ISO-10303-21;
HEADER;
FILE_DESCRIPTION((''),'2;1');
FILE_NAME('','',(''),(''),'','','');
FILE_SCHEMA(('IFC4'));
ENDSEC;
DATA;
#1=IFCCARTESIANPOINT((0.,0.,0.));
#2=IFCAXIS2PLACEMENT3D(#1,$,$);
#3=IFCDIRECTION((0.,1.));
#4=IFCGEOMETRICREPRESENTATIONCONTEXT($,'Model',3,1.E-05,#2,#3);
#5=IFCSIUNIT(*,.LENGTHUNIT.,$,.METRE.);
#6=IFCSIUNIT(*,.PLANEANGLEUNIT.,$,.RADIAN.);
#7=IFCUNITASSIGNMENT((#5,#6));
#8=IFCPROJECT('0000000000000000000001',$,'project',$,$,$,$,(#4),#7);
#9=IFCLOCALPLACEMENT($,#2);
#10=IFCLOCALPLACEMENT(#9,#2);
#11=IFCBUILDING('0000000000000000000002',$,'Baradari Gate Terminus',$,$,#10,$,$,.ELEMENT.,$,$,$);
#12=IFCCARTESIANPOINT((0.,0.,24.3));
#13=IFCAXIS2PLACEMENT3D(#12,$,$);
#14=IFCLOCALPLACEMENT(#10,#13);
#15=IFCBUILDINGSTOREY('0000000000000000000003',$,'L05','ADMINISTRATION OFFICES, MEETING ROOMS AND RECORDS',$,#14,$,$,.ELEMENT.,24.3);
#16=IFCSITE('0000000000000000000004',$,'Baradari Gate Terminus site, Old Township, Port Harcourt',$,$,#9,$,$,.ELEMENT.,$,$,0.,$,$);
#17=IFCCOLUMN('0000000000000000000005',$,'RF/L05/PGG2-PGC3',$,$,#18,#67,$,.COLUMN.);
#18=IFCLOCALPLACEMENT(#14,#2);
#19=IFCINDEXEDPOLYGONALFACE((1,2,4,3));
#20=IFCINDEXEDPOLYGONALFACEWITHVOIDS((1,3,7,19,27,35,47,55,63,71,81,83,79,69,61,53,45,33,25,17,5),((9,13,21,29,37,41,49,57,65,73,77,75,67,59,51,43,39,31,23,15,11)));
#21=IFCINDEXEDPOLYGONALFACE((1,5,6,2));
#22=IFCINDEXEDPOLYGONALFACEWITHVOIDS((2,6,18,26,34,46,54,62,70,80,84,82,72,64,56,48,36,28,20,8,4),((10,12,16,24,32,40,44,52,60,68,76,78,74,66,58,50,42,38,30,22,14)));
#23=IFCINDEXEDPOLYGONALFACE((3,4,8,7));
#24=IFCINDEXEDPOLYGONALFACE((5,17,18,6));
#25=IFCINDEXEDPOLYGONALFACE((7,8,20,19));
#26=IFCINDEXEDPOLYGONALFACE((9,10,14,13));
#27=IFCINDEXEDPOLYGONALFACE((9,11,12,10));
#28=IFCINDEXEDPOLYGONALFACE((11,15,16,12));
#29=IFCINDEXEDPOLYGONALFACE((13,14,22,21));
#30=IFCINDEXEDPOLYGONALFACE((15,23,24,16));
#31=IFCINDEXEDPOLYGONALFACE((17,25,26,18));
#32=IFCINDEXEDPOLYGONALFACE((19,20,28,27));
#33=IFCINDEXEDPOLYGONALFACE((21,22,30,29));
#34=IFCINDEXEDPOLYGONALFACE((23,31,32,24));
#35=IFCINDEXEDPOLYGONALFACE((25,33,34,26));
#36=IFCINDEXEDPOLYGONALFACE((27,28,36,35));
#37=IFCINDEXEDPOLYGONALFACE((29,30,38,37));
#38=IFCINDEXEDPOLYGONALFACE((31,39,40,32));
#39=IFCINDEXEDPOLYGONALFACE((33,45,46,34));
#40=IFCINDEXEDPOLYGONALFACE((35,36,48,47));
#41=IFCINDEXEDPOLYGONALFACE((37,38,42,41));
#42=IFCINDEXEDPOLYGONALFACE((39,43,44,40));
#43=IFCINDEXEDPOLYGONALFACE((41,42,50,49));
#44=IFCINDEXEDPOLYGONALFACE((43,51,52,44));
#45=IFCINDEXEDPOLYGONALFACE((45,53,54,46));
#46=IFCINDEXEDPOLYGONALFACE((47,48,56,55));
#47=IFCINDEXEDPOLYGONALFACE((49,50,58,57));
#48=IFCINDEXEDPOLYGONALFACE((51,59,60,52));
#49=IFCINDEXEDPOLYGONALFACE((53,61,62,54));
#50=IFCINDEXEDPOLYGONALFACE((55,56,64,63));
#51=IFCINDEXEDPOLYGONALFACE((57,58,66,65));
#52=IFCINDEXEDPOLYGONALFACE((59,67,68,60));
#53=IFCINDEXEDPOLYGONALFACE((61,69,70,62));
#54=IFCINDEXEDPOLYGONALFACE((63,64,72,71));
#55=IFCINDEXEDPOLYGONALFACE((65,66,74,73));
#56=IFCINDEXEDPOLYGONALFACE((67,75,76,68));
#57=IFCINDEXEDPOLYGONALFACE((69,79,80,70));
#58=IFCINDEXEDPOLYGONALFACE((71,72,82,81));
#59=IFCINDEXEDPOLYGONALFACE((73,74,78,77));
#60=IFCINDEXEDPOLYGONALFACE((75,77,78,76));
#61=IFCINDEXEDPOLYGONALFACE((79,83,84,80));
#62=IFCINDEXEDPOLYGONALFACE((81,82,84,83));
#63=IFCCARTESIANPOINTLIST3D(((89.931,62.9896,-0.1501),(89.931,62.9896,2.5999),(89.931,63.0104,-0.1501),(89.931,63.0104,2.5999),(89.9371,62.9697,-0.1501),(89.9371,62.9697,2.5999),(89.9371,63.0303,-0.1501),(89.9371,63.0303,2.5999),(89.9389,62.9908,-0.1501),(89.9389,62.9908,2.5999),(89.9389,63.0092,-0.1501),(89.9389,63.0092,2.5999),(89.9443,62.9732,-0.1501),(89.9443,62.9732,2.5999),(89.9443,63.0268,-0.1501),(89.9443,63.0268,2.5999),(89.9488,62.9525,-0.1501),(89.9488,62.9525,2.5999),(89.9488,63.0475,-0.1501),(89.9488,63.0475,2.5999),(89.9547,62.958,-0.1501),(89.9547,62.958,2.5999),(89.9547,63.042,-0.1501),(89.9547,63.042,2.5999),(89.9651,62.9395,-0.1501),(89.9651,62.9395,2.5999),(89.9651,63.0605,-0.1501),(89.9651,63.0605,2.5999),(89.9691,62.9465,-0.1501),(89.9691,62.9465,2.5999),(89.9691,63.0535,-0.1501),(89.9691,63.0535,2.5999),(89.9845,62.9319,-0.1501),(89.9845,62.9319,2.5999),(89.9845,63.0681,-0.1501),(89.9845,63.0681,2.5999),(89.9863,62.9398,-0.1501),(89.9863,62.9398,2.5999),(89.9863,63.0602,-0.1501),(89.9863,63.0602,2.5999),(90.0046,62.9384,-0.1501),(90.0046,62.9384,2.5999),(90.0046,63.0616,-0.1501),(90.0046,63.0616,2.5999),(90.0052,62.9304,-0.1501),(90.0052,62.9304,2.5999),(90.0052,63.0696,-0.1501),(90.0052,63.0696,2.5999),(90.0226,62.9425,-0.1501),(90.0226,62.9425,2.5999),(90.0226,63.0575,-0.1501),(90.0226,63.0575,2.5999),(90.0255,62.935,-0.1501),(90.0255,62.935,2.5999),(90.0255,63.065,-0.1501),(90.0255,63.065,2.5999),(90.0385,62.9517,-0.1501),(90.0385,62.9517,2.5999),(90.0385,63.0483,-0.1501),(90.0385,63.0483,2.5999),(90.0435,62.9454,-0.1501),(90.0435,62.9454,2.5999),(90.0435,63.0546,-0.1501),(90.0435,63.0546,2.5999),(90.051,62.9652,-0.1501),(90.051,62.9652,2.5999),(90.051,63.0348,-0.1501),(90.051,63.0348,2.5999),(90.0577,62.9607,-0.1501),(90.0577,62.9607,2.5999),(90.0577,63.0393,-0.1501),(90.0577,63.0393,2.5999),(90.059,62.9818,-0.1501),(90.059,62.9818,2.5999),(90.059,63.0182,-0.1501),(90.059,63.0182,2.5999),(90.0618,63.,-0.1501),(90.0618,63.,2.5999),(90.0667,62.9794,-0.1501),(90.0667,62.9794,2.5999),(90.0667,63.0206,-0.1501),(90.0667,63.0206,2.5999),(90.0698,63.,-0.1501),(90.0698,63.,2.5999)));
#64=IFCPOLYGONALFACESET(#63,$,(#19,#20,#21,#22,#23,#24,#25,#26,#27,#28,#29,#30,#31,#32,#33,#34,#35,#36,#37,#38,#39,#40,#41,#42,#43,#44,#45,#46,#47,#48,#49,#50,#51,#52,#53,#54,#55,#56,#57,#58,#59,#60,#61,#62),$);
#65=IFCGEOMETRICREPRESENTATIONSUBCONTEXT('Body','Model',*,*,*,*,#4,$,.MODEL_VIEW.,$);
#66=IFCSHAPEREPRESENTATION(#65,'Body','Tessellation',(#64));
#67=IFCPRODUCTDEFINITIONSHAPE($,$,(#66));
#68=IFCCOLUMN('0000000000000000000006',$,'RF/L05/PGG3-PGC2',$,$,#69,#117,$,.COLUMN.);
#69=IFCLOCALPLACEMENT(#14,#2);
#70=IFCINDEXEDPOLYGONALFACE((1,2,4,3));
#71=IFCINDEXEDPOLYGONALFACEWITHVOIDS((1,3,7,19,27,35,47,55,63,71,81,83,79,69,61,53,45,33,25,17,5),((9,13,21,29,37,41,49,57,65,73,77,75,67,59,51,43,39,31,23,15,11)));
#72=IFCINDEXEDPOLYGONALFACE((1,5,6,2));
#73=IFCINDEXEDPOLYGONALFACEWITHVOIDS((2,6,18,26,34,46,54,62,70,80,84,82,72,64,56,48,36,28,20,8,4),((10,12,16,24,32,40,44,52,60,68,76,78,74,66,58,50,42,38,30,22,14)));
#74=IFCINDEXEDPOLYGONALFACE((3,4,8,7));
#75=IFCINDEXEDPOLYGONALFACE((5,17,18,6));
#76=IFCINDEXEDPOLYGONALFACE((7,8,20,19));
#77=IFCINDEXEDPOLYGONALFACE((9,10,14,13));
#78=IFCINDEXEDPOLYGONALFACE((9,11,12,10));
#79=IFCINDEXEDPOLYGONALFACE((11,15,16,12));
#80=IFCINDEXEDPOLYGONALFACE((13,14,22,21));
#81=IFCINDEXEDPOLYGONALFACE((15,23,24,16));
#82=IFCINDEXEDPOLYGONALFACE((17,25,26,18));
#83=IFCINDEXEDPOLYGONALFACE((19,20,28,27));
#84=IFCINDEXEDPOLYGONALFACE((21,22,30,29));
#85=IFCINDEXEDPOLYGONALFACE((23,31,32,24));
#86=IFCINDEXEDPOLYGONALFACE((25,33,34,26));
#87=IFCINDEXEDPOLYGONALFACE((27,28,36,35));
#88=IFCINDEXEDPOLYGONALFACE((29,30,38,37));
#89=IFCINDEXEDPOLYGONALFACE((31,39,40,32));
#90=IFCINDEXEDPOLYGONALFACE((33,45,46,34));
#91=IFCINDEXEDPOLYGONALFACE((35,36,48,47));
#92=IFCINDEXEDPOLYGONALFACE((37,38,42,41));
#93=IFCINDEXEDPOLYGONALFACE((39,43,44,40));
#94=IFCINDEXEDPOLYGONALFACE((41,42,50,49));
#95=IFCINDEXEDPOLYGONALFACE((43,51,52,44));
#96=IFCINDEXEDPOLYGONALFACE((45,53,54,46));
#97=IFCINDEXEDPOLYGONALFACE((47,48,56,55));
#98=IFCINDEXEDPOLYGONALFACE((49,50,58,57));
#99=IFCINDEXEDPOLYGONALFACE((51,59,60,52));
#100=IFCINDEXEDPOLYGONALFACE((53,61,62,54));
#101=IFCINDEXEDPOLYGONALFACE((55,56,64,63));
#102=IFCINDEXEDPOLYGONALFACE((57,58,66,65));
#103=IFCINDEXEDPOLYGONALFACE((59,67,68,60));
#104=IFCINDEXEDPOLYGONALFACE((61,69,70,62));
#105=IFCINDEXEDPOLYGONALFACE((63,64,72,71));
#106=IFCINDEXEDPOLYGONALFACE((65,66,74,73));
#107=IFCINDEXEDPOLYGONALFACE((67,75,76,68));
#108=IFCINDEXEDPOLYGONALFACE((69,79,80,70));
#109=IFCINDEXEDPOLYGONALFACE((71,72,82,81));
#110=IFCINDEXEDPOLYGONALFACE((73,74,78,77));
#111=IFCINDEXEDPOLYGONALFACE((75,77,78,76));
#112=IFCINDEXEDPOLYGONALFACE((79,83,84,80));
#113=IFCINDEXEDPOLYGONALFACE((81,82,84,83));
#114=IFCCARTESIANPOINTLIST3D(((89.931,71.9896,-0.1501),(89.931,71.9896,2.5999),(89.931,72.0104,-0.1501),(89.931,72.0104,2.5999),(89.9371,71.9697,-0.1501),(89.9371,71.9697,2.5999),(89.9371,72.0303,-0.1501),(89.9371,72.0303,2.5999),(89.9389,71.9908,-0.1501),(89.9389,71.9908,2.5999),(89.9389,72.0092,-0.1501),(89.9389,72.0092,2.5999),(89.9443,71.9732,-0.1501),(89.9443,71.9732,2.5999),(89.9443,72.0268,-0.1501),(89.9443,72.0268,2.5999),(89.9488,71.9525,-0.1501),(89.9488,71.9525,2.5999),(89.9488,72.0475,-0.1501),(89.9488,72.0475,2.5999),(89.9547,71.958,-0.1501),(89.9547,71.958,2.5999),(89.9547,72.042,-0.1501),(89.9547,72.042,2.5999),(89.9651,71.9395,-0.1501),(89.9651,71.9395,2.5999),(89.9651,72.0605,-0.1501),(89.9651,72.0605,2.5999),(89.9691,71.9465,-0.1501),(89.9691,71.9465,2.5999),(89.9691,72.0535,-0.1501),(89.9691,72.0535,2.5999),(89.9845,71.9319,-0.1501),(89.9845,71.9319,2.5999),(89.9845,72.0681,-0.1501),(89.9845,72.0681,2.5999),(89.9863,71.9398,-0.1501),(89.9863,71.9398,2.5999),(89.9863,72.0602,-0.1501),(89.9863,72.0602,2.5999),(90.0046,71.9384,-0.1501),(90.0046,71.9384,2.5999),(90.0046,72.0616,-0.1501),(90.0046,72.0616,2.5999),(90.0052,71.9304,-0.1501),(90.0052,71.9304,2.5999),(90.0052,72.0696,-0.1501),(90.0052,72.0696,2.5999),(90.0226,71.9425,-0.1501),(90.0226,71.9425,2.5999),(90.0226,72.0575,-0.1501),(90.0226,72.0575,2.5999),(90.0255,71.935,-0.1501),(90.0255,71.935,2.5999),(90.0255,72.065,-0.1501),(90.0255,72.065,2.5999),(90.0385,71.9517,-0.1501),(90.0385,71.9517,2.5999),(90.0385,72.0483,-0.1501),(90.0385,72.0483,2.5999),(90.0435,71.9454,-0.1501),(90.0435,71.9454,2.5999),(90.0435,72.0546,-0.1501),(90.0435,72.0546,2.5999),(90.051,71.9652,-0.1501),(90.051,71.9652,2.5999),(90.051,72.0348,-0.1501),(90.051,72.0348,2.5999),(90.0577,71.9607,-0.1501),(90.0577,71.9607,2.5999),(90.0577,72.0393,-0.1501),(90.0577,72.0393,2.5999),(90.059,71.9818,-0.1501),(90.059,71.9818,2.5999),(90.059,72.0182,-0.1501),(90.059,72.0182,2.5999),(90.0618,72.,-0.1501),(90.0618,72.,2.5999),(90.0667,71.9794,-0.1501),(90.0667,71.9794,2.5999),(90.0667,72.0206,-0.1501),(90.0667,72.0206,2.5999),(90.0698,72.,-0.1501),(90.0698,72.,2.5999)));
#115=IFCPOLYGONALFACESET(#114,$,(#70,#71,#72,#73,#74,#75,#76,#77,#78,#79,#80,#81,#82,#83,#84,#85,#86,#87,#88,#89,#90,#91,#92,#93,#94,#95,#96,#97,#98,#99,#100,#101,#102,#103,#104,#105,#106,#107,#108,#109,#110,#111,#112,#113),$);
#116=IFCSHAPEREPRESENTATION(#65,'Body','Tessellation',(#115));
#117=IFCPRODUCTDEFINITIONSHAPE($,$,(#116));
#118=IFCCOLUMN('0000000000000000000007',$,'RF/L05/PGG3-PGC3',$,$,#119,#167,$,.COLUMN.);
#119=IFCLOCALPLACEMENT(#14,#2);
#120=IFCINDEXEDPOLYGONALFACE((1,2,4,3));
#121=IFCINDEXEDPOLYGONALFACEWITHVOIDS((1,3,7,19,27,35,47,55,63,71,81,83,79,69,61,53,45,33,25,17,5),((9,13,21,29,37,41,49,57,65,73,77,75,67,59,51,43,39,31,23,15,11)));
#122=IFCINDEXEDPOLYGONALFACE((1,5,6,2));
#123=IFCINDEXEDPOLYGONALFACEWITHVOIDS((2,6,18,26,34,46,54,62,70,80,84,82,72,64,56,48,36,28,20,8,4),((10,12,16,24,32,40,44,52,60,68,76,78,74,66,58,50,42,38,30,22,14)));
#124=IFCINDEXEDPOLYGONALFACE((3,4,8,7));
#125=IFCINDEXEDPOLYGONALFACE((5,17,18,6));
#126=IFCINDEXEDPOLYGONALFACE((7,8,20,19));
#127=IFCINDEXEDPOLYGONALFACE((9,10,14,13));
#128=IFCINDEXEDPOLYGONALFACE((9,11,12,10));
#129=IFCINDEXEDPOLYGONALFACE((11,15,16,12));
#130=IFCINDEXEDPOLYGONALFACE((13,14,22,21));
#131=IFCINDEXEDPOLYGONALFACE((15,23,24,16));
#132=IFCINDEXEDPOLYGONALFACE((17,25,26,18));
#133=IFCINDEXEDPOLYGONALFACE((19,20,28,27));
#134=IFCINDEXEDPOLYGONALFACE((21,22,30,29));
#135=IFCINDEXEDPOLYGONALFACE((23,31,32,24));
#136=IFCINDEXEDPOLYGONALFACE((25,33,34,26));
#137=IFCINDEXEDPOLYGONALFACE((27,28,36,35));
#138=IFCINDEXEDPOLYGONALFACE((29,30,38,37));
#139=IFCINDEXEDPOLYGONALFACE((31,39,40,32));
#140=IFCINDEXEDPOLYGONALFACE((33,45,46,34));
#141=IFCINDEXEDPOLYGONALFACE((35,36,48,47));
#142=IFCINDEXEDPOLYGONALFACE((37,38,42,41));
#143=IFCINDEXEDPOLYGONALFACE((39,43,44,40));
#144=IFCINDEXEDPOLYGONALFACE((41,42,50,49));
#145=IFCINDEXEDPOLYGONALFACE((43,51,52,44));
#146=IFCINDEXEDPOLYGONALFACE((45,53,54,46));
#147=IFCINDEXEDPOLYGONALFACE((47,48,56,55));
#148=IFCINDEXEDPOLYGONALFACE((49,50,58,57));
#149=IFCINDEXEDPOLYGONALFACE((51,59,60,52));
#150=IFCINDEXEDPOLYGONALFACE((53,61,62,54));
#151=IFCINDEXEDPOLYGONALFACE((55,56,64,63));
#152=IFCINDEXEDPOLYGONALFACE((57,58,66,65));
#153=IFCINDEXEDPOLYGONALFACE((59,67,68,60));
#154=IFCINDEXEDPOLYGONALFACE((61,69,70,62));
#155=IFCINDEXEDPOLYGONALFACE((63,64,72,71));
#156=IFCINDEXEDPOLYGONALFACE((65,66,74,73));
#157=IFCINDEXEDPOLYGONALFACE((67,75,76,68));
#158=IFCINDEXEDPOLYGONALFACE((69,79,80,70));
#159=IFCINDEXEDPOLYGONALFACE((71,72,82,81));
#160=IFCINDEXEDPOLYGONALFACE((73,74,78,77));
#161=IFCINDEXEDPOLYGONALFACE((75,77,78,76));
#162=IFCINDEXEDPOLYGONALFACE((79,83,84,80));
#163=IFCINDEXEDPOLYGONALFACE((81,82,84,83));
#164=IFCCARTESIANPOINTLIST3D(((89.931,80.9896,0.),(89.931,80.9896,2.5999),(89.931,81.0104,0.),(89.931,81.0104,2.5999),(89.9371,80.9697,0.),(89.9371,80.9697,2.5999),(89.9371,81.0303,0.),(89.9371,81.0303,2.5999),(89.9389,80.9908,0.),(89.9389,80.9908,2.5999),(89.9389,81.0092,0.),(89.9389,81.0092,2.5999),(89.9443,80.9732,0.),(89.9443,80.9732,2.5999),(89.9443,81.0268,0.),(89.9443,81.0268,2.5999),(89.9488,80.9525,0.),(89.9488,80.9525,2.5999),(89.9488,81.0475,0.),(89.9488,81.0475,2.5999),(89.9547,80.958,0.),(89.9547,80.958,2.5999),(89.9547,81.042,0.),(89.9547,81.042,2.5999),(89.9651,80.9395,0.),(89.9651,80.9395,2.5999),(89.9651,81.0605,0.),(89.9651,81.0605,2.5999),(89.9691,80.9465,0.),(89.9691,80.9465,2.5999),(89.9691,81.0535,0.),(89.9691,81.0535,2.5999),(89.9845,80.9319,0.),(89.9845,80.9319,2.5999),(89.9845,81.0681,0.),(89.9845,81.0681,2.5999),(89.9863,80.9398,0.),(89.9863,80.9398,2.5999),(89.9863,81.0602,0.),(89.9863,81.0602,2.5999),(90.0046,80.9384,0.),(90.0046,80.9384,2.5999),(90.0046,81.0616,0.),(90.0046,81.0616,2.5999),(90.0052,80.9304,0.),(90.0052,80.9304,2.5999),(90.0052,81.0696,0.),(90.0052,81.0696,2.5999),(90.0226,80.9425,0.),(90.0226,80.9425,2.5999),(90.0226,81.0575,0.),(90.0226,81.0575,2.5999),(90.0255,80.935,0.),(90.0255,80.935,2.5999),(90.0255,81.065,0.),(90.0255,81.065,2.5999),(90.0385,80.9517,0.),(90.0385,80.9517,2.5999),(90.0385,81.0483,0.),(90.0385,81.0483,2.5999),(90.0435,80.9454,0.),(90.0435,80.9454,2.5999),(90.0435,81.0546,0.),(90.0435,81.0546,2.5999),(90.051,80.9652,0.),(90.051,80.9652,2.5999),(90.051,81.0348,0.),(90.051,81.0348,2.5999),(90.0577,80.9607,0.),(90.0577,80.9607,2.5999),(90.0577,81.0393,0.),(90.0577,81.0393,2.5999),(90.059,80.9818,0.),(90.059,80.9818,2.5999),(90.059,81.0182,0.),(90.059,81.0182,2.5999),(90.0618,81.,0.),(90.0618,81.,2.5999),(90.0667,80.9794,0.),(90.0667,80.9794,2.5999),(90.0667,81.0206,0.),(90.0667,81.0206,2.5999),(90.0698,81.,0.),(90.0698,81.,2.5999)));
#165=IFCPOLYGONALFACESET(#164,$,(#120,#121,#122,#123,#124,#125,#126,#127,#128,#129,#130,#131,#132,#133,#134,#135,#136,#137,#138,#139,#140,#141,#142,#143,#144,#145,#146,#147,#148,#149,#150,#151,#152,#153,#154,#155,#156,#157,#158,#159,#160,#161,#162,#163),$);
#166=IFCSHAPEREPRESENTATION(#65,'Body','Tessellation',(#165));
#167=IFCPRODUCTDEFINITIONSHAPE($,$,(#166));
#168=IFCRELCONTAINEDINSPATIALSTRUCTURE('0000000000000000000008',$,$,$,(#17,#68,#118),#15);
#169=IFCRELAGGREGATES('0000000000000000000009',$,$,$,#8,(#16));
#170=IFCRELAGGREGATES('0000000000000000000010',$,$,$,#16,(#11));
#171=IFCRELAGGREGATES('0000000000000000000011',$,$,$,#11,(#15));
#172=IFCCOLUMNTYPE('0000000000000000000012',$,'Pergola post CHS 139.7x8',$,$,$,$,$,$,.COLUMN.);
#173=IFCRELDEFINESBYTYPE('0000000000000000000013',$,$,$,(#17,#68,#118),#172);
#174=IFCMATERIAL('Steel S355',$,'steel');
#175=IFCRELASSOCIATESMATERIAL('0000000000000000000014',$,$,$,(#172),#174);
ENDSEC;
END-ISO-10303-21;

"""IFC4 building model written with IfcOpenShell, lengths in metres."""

from ifc_helpers import new_model, si_unit, direction, frame, origin, origin_2d, place, context, subcontext, project, spatial, hollow_circle, extrude, material, material_profile, profile_set, type_object, element, save


model = new_model("IFC4")

# Units and contexts
model_context = context("Model", 3, precision=1e-05, world=origin(), true_north=direction((0.0, 1.0)))
body_context = subcontext(model_context, "Body", "Model", "MODEL_VIEW")
ifc_project = project(units=[si_unit("LENGTHUNIT", "METRE"), si_unit("PLANEANGLEUNIT", "RADIAN")], contexts=[model_context])

# Site, building, storey
site_placement = place(None, origin())
site = spatial("IfcSite", under=ifc_project, at=site_placement, Name="Baradari Gate Terminus site, Old Township, Port Harcourt", CompositionType="ELEMENT", RefElevation=0.0)
building_placement = place(site_placement, origin())
building = spatial("IfcBuilding", under=site, at=building_placement, Name="Baradari Gate Terminus", CompositionType="ELEMENT")
storey_placement = place(building_placement, frame((0.0, 0.0, 24.3)))
storey = spatial("IfcBuildingStorey", under=building, at=storey_placement, Name="L05", Description="ADMINISTRATION OFFICES, MEETING ROOMS AND RECORDS", CompositionType="ELEMENT", Elevation=24.3)

# Columns
ifc_material_1 = material(Name="Steel S355", Category="steel")
ifc_material_profile_1 = material_profile(ifc_material_1, hollow_circle(Radius=0.0698, WallThickness=0.0081, at=origin_2d()), Name="CHS 139.7x8")
ifc_profile_set_1 = profile_set([ifc_material_profile_1], Name="Steel S355")
column_type = type_object("IfcColumnType", Name="Pergola post CHS 139.7x8", PredefinedType="COLUMN", material=ifc_profile_set_1)
for number, where, z_axis, x_axis, name in (
    (1, (90.0, 63.0, -0.1501), (0.0, 0.0, 1.0), (1.0, 0.0, 0.0), "RF/L05/PGG2-PGC3"),
    (2, (90.0, 72.0, -0.1501), (0.0, 0.0, 1.0), (1.0, 0.0, 0.0), "RF/L05/PGG3-PGC2"),
):
    element("IfcColumn", number, at=place(storey_placement, frame(where, z_axis=z_axis, x_axis=x_axis)), inside=storey, type_object=column_type, Name=name, PredefinedType="COLUMN", context=body_context, shape_type="SweptSolid", body=[
        extrude(hollow_circle(Radius=0.0698, WallThickness=0.0081, at=origin_2d()), origin(), (0.0, 0.0, 1.0), 2.75),
    ])
column_1_placement = place(storey_placement, frame((90.0, 81.0, 0.0), z_axis=(0.0, 0.0, 1.0), x_axis=(1.0, 0.0, 0.0)))
element("IfcColumn", 3, at=column_1_placement, inside=storey, type_object=column_type, Name="RF/L05/PGG3-PGC3", PredefinedType="COLUMN", context=body_context, shape_type="SweptSolid", body=[
    extrude(hollow_circle(Radius=0.0698, WallThickness=0.0081, at=origin_2d()), origin(), (0.0, 0.0, 1.0), 2.5999),
])

save(model, "model.ifc")
